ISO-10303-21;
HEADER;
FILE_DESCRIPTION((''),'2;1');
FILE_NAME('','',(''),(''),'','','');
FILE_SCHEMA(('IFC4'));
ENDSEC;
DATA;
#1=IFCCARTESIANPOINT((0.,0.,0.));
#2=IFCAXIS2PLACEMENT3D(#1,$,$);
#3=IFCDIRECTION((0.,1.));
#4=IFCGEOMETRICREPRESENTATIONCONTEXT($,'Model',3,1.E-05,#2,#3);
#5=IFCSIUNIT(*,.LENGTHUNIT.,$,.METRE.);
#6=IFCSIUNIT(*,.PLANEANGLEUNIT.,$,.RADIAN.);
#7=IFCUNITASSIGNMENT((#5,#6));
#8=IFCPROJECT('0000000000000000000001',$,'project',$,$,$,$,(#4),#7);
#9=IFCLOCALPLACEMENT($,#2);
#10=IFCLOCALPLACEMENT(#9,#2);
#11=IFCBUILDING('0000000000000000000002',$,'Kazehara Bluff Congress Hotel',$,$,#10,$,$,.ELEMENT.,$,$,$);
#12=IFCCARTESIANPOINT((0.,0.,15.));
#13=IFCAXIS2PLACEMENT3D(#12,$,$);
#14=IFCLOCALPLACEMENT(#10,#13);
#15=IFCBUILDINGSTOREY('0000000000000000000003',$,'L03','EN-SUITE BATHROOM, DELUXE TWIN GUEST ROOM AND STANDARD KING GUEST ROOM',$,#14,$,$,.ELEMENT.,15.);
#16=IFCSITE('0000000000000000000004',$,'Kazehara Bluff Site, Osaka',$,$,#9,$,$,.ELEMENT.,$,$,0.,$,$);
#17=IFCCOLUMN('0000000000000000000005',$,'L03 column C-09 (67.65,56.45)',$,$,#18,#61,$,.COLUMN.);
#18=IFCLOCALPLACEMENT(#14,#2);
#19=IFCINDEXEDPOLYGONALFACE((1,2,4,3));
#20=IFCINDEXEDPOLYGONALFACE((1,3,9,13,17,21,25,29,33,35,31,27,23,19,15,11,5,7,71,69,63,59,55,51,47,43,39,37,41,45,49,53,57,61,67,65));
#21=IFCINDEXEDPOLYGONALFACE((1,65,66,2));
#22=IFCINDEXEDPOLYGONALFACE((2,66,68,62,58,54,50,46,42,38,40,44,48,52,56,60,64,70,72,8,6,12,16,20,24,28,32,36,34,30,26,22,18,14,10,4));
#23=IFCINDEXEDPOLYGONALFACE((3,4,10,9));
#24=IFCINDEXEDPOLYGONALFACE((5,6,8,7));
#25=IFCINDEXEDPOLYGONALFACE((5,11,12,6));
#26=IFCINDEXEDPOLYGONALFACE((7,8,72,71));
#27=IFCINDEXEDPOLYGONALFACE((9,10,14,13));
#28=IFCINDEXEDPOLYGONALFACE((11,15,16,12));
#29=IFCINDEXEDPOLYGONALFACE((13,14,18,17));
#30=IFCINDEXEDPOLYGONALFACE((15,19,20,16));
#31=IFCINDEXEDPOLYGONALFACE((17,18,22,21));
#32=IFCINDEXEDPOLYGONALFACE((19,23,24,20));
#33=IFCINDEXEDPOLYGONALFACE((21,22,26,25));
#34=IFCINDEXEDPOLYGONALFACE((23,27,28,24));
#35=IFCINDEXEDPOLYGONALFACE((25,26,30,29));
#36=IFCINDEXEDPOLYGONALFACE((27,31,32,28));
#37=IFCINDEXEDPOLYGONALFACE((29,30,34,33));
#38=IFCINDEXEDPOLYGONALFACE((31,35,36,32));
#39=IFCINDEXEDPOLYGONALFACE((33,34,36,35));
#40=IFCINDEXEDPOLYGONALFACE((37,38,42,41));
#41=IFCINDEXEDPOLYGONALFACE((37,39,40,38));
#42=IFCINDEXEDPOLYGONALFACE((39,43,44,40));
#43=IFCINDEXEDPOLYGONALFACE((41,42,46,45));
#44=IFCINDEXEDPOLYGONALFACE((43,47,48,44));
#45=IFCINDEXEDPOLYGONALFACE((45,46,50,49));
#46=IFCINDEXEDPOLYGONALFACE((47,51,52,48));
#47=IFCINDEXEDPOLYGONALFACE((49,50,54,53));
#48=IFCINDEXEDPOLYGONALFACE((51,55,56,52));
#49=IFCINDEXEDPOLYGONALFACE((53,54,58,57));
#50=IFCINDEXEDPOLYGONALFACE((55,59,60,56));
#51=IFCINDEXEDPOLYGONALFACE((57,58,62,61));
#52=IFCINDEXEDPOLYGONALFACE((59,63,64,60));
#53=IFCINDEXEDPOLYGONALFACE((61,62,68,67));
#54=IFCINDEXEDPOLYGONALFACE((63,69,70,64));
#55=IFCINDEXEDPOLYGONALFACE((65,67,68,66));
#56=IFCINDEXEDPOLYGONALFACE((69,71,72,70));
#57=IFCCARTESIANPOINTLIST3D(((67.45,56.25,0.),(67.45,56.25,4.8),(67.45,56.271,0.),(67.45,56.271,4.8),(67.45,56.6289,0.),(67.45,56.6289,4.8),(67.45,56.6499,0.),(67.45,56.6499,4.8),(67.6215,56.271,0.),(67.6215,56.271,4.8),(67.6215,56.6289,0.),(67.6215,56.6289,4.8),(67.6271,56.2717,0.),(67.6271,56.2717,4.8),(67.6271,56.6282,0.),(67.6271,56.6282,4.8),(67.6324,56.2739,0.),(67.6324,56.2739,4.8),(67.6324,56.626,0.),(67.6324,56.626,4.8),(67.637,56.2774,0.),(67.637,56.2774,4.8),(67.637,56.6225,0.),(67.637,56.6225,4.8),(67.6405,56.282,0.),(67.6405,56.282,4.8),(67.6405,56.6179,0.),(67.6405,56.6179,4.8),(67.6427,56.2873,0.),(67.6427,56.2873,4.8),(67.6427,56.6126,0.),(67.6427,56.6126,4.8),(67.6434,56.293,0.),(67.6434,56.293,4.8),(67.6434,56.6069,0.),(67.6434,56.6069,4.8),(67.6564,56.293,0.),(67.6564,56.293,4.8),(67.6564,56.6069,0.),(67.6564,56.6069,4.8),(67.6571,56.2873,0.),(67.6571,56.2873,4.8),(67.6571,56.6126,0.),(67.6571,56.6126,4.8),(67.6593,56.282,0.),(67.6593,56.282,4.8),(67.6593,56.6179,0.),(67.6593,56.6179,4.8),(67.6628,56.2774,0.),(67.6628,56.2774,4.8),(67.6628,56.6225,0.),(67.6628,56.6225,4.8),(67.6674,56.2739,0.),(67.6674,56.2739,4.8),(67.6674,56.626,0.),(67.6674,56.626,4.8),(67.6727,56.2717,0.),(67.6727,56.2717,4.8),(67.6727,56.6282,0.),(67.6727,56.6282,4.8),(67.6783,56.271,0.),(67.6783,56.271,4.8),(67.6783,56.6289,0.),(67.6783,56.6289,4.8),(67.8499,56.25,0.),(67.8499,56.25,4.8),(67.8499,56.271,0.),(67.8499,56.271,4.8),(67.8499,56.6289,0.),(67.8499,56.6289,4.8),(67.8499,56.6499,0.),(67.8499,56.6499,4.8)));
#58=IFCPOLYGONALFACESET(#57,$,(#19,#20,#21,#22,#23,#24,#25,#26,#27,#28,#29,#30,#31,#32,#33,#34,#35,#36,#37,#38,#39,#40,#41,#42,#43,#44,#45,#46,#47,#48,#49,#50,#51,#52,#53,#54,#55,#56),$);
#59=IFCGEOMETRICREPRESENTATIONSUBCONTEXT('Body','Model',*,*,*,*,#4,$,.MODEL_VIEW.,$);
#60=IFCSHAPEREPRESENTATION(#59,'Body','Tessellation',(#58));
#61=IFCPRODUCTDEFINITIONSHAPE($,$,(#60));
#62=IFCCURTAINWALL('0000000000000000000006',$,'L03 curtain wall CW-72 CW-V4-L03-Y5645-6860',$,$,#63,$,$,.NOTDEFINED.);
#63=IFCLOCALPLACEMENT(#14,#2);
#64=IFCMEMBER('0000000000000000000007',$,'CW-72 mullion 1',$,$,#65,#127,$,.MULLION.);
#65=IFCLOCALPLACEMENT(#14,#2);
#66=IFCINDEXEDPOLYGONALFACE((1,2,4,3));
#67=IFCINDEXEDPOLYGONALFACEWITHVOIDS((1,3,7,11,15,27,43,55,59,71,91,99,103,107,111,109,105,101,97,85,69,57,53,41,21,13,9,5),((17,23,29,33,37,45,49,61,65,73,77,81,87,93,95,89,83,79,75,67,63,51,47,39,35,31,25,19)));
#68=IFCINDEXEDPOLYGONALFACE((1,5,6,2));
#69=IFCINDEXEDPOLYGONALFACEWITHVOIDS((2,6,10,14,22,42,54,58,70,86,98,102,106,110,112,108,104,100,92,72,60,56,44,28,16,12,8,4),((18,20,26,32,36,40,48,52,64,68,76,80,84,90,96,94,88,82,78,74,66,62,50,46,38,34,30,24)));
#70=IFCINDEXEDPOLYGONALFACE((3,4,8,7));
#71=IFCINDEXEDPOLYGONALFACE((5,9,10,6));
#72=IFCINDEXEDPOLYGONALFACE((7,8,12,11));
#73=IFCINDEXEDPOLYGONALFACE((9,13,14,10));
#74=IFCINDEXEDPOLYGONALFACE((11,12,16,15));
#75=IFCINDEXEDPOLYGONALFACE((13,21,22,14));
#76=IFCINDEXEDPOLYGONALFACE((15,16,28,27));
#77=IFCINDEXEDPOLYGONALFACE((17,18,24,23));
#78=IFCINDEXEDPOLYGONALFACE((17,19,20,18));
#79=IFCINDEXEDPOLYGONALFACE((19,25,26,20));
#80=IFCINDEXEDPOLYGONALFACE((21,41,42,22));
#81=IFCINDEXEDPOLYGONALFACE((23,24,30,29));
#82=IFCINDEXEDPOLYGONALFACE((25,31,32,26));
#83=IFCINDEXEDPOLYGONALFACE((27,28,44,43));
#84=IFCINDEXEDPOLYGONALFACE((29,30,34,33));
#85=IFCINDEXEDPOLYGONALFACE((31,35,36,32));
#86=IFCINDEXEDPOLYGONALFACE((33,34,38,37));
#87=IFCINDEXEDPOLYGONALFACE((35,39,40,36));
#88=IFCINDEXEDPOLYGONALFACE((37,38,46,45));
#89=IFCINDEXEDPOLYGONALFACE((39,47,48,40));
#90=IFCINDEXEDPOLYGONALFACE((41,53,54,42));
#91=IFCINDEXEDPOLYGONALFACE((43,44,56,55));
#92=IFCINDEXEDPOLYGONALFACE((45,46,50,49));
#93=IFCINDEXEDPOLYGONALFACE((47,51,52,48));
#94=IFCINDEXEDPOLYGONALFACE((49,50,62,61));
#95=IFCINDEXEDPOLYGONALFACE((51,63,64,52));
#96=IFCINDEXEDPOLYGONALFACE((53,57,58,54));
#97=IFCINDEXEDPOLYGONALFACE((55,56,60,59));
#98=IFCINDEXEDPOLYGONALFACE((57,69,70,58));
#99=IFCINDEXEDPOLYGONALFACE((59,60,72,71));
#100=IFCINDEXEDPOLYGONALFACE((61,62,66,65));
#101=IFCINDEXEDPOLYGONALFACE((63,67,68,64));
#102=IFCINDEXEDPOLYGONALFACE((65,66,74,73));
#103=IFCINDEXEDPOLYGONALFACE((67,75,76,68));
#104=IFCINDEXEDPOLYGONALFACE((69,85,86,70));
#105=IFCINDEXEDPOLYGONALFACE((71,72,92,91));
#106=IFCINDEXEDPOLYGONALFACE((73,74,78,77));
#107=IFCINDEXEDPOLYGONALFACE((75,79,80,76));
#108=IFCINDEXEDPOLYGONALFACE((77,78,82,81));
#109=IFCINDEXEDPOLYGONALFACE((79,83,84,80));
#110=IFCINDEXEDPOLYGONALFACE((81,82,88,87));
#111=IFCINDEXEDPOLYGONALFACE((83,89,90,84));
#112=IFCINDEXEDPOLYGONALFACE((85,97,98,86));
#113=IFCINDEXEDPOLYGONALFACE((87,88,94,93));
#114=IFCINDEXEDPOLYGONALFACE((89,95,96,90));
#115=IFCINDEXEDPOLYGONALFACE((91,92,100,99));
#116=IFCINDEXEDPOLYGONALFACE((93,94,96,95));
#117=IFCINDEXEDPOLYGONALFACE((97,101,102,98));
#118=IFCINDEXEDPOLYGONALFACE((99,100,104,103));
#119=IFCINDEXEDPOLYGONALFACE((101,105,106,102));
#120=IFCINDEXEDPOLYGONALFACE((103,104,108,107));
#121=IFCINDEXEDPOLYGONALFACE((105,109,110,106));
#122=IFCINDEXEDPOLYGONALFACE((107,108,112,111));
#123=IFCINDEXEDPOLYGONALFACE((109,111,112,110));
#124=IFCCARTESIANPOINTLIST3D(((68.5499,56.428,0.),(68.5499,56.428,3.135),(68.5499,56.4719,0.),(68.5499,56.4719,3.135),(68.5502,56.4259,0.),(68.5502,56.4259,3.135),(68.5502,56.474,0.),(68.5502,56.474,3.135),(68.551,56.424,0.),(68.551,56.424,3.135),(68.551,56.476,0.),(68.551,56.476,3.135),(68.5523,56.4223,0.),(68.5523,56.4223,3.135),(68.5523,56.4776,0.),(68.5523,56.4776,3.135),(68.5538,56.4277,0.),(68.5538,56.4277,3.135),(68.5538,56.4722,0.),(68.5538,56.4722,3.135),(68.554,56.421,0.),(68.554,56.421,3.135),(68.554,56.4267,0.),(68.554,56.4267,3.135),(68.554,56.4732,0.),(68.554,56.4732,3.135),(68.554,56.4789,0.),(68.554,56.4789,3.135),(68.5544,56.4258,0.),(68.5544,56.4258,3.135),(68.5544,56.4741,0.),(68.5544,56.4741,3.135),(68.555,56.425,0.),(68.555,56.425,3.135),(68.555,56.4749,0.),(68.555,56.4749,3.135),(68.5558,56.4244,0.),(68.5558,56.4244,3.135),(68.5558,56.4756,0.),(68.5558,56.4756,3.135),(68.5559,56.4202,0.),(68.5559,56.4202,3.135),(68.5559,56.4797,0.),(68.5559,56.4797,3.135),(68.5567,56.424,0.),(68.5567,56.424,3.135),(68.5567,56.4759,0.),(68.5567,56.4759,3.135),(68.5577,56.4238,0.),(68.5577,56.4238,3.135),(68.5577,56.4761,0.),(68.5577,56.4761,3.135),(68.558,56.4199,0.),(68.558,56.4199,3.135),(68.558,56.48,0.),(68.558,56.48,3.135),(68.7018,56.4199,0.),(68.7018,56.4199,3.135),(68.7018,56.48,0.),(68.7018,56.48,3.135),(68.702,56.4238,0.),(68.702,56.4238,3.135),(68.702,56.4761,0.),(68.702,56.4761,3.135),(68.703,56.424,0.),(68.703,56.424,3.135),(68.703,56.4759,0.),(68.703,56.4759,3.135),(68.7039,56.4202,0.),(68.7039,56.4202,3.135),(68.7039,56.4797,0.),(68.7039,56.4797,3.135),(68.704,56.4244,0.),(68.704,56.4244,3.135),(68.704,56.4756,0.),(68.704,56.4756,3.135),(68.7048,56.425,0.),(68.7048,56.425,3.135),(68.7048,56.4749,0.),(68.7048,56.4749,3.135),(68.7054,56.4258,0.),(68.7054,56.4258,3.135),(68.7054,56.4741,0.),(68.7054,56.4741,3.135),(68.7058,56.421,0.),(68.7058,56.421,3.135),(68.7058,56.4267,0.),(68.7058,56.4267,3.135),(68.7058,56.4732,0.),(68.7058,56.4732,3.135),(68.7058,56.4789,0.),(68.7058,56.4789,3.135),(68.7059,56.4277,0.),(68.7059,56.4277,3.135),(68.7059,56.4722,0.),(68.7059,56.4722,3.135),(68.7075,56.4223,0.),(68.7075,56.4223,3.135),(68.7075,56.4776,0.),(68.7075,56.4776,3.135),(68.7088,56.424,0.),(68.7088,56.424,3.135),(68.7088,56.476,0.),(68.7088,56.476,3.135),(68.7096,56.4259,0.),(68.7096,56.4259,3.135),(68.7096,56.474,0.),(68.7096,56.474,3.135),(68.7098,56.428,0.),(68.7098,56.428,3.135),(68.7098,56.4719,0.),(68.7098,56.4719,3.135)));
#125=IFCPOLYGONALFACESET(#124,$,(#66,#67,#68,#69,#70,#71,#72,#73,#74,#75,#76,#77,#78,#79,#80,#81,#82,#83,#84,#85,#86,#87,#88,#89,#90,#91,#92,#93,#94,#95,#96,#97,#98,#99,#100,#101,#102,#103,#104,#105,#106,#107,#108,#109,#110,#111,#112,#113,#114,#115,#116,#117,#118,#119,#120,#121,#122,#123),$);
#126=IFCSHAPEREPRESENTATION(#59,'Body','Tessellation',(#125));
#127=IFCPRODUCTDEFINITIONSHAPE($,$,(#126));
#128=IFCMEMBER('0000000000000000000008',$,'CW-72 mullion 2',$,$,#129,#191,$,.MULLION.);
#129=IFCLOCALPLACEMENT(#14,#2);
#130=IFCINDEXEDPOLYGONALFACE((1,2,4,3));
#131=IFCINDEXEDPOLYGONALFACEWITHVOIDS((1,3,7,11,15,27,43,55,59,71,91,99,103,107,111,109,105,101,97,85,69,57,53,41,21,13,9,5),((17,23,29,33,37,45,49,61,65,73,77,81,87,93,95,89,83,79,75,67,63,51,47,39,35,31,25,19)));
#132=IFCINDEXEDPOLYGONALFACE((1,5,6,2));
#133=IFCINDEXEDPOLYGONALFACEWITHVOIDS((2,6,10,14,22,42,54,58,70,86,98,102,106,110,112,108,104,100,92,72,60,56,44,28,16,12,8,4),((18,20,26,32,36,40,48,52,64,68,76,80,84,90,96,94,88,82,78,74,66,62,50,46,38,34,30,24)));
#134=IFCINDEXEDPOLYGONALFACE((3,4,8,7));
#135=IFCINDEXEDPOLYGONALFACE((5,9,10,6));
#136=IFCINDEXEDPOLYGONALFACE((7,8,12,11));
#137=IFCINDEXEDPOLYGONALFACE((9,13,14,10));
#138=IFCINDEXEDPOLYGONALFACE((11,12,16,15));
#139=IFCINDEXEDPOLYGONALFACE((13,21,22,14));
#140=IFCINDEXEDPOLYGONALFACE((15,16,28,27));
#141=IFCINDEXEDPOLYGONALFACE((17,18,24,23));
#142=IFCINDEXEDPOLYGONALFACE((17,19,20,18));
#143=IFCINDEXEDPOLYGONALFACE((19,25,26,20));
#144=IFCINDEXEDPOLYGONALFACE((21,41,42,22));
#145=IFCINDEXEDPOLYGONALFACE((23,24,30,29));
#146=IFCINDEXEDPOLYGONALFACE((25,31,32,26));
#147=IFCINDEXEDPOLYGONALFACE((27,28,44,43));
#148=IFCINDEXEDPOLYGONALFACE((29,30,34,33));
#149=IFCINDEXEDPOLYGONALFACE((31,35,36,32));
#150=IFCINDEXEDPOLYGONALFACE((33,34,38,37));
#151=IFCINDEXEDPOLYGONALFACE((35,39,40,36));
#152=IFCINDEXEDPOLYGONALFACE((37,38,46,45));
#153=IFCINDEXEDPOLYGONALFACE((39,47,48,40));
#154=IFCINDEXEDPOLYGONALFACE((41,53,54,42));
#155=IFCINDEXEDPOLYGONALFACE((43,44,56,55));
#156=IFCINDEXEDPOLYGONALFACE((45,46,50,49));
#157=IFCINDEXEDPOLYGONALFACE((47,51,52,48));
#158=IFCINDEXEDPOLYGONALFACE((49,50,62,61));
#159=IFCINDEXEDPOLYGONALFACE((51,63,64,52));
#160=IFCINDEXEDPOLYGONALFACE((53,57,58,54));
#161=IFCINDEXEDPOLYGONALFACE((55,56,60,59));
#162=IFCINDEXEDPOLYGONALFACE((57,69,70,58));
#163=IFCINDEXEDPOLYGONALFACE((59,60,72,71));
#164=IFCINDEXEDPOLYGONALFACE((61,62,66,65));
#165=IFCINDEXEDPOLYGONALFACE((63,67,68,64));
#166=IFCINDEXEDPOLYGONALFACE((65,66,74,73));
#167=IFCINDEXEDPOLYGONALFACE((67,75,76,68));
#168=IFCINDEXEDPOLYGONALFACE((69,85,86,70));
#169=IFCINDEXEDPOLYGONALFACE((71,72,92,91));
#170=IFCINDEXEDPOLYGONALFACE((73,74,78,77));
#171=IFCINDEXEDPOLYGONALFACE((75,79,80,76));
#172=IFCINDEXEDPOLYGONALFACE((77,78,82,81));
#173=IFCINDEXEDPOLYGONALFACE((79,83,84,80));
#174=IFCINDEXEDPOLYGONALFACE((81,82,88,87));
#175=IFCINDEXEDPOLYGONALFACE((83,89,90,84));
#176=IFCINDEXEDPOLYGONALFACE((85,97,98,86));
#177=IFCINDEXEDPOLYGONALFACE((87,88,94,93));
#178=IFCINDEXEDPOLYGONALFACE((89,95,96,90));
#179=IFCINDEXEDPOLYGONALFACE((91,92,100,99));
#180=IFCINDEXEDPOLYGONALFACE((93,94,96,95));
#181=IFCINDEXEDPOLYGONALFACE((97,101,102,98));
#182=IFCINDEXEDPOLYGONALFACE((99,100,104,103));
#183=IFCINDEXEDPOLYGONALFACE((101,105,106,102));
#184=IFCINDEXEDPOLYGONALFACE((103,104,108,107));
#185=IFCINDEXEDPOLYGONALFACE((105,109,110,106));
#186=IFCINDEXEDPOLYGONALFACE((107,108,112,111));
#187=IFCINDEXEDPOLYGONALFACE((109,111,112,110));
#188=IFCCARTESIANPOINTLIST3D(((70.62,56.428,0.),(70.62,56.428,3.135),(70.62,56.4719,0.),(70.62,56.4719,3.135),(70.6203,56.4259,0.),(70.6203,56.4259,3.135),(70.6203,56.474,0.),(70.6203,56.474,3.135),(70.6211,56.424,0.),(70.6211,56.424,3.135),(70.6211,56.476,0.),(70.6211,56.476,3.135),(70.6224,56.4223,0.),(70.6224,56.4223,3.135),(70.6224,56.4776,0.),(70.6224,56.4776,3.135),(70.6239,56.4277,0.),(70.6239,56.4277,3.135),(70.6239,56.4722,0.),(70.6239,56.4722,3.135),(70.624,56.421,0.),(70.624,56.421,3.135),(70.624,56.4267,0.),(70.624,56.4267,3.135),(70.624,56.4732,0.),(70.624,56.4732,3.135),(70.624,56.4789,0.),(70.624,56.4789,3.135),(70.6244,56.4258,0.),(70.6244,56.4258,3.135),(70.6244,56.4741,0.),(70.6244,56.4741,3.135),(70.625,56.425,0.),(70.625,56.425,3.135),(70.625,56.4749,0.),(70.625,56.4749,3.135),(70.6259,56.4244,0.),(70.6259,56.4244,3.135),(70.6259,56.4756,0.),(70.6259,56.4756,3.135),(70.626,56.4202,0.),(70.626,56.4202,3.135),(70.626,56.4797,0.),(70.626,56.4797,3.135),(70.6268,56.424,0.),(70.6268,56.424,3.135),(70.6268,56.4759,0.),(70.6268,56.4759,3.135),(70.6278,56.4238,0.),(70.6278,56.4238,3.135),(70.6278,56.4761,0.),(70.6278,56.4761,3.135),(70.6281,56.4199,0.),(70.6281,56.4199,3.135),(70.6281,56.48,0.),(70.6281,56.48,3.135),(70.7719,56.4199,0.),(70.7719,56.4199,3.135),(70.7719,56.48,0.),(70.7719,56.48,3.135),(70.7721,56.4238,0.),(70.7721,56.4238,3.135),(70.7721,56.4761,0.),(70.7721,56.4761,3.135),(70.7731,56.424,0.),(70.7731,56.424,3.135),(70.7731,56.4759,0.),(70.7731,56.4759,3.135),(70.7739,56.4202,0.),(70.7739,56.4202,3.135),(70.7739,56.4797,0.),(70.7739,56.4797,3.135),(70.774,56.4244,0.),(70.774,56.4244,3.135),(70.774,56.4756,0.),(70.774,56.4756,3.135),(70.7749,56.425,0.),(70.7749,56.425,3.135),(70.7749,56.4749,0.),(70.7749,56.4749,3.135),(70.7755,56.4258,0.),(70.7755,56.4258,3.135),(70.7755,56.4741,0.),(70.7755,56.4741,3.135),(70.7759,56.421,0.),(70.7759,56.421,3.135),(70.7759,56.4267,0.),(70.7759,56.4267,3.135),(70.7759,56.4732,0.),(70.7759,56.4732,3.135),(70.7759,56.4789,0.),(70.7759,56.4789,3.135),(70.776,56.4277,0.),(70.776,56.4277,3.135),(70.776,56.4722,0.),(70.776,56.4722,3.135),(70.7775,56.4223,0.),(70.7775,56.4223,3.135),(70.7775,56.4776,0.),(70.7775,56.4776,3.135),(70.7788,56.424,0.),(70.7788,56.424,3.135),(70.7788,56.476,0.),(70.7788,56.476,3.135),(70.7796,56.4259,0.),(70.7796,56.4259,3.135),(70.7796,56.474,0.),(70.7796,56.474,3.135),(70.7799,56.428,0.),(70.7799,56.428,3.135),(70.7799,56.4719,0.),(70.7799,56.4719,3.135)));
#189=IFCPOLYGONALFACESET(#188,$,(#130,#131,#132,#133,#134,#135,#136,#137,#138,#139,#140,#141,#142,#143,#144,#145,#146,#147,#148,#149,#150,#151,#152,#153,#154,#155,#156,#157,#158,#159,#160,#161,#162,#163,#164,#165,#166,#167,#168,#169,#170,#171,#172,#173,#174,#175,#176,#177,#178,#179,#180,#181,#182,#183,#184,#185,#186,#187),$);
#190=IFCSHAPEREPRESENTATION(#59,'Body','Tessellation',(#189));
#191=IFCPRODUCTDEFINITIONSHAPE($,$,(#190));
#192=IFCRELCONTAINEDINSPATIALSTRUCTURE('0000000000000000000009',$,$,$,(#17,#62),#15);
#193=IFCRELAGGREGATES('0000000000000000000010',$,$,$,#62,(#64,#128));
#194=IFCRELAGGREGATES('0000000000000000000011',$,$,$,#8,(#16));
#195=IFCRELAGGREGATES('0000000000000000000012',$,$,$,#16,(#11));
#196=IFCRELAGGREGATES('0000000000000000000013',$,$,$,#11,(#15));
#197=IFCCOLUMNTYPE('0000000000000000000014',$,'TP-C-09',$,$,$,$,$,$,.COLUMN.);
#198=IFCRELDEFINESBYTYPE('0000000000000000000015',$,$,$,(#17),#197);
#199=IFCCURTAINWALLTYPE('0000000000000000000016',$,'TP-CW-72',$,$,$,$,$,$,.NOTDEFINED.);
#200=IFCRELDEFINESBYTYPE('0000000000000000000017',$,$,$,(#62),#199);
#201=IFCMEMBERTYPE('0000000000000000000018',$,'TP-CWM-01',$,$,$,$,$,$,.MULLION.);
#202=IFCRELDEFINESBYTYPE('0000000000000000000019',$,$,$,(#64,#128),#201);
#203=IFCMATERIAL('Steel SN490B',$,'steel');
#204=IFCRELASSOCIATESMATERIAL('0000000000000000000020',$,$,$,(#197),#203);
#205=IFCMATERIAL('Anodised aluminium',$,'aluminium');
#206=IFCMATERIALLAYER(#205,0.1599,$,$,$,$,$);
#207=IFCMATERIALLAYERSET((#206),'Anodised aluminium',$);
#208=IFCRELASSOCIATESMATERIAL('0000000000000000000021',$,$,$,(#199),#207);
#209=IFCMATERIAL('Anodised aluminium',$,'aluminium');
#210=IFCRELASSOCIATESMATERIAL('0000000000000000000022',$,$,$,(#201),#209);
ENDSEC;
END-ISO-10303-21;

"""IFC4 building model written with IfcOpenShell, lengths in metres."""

from ifc_helpers import new_model, si_unit, direction, frame, origin, origin_2d, place, context, subcontext, project, spatial, hollow_rectangle, i_section, extrude, material, layer, layer_set, material_profile, profile_set, type_object, element, aggregate, save


model = new_model("IFC4")

# Units and contexts
model_context = context("Model", 3, precision=1e-05, world=origin(), true_north=direction((0.0, 1.0)))
body_context = subcontext(model_context, "Body", "Model", "MODEL_VIEW")
ifc_project = project(units=[si_unit("LENGTHUNIT", "METRE"), si_unit("PLANEANGLEUNIT", "RADIAN")], contexts=[model_context])

# Site, building, storey
site_placement = place(None, origin())
site = spatial("IfcSite", under=ifc_project, at=site_placement, Name="Kazehara Bluff Site, Osaka", CompositionType="ELEMENT", RefElevation=0.0)
building_placement = place(site_placement, origin())
building = spatial("IfcBuilding", under=site, at=building_placement, Name="Kazehara Bluff Congress Hotel", CompositionType="ELEMENT")
storey_placement = place(building_placement, frame((0.0, 0.0, 15.0)))
storey = spatial("IfcBuildingStorey", under=building, at=storey_placement, Name="L03", Description="EN-SUITE BATHROOM, DELUXE TWIN GUEST ROOM AND STANDARD KING GUEST ROOM", CompositionType="ELEMENT", Elevation=15.0)

# Column
ifc_material_1 = material(Name="Steel SN490B", Category="steel")
ifc_material_profile_1 = material_profile(ifc_material_1, i_section(OverallWidth=0.3999, OverallDepth=0.3999, WebThickness=0.0129, FlangeThickness=0.021, FilletRadius=0.022, at=origin_2d()))
ifc_profile_set_1 = profile_set([ifc_material_profile_1], Name="Steel SN490B")
column_type = type_object("IfcColumnType", Name="TP-C-09", PredefinedType="COLUMN", material=ifc_profile_set_1)
column_placement = place(storey_placement, frame((67.6499, 56.45, 0.0), z_axis=(0.0, 0.0, 1.0), x_axis=(1.0, 0.0, 0.0)))
element("IfcColumn", 1, at=column_placement, inside=storey, type_object=column_type, Name="L03 column C-09 (67.65,56.45)", PredefinedType="COLUMN", context=body_context, shape_type="SweptSolid", body=[
    extrude(i_section(OverallWidth=0.3999, OverallDepth=0.3999, WebThickness=0.0129, FlangeThickness=0.021, FilletRadius=0.022, at=origin_2d()), origin(), (0.0, 0.0, 1.0), 4.8),
])

# Curtain wall, members
ifc_material_2 = material(Name="Anodised aluminium", Category="aluminium")
ifc_layer_1 = layer(ifc_material_2, 0.1599)
ifc_layer_set_1 = layer_set([ifc_layer_1], Name="Anodised aluminium")
curtain_wall_type_1 = type_object("IfcCurtainWallType", Name="TP-CW-72", PredefinedType="NOTDEFINED", material=ifc_layer_set_1)
curtain_wall_1_placement = place(storey_placement, origin())
curtain_wall_1 = element("IfcCurtainWall", 2, at=curtain_wall_1_placement, inside=storey, type_object=curtain_wall_type_1, Name="L03 curtain wall CW-72 CW-V4-L03-Y5645-6860", PredefinedType="NOTDEFINED")
ifc_material_3 = material(Name="Anodised aluminium", Category="aluminium")
ifc_material_profile_2 = material_profile(ifc_material_3, hollow_rectangle(XDim=0.0601, YDim=0.1599, WallThickness=0.0039, InnerFilletRadius=0.0039, OuterFilletRadius=0.0081, at=origin_2d()))
ifc_profile_set_2 = profile_set([ifc_material_profile_2], Name="Anodised aluminium")
member_type_1 = type_object("IfcMemberType", Name="TP-CWM-01", PredefinedType="MULLION", material=ifc_profile_set_2)
member_1_placement = place(storey_placement, frame((68.6299, 56.45, 0.0), z_axis=(0.0, 0.0, 1.0), x_axis=(0.0, 1.0, 0.0)))
member_1 = element("IfcMember", 3, at=member_1_placement, type_object=member_type_1, Name="CW-72 mullion 1", PredefinedType="MULLION", context=body_context, shape_type="SweptSolid", body=[
    extrude(hollow_rectangle(XDim=0.0601, YDim=0.1599, WallThickness=0.0039, InnerFilletRadius=0.0039, OuterFilletRadius=0.0081, at=origin_2d()), origin(), (0.0, 0.0, 1.0), 3.135),
])
member_2_placement = place(storey_placement, frame((70.7, 56.45, 0.0), z_axis=(0.0, 0.0, 1.0), x_axis=(0.0, 1.0, 0.0)))
member_2 = element("IfcMember", 4, at=member_2_placement, type_object=member_type_1, Name="CW-72 mullion 2", PredefinedType="MULLION", context=body_context, shape_type="SweptSolid", body=[
    extrude(hollow_rectangle(XDim=0.0601, YDim=0.1599, WallThickness=0.0039, InnerFilletRadius=0.0039, OuterFilletRadius=0.0081, at=origin_2d()), origin(), (0.0, 0.0, 1.0), 3.135),
])

aggregate(curtain_wall_1, [member_1, member_2])

save(model, "model.ifc")
